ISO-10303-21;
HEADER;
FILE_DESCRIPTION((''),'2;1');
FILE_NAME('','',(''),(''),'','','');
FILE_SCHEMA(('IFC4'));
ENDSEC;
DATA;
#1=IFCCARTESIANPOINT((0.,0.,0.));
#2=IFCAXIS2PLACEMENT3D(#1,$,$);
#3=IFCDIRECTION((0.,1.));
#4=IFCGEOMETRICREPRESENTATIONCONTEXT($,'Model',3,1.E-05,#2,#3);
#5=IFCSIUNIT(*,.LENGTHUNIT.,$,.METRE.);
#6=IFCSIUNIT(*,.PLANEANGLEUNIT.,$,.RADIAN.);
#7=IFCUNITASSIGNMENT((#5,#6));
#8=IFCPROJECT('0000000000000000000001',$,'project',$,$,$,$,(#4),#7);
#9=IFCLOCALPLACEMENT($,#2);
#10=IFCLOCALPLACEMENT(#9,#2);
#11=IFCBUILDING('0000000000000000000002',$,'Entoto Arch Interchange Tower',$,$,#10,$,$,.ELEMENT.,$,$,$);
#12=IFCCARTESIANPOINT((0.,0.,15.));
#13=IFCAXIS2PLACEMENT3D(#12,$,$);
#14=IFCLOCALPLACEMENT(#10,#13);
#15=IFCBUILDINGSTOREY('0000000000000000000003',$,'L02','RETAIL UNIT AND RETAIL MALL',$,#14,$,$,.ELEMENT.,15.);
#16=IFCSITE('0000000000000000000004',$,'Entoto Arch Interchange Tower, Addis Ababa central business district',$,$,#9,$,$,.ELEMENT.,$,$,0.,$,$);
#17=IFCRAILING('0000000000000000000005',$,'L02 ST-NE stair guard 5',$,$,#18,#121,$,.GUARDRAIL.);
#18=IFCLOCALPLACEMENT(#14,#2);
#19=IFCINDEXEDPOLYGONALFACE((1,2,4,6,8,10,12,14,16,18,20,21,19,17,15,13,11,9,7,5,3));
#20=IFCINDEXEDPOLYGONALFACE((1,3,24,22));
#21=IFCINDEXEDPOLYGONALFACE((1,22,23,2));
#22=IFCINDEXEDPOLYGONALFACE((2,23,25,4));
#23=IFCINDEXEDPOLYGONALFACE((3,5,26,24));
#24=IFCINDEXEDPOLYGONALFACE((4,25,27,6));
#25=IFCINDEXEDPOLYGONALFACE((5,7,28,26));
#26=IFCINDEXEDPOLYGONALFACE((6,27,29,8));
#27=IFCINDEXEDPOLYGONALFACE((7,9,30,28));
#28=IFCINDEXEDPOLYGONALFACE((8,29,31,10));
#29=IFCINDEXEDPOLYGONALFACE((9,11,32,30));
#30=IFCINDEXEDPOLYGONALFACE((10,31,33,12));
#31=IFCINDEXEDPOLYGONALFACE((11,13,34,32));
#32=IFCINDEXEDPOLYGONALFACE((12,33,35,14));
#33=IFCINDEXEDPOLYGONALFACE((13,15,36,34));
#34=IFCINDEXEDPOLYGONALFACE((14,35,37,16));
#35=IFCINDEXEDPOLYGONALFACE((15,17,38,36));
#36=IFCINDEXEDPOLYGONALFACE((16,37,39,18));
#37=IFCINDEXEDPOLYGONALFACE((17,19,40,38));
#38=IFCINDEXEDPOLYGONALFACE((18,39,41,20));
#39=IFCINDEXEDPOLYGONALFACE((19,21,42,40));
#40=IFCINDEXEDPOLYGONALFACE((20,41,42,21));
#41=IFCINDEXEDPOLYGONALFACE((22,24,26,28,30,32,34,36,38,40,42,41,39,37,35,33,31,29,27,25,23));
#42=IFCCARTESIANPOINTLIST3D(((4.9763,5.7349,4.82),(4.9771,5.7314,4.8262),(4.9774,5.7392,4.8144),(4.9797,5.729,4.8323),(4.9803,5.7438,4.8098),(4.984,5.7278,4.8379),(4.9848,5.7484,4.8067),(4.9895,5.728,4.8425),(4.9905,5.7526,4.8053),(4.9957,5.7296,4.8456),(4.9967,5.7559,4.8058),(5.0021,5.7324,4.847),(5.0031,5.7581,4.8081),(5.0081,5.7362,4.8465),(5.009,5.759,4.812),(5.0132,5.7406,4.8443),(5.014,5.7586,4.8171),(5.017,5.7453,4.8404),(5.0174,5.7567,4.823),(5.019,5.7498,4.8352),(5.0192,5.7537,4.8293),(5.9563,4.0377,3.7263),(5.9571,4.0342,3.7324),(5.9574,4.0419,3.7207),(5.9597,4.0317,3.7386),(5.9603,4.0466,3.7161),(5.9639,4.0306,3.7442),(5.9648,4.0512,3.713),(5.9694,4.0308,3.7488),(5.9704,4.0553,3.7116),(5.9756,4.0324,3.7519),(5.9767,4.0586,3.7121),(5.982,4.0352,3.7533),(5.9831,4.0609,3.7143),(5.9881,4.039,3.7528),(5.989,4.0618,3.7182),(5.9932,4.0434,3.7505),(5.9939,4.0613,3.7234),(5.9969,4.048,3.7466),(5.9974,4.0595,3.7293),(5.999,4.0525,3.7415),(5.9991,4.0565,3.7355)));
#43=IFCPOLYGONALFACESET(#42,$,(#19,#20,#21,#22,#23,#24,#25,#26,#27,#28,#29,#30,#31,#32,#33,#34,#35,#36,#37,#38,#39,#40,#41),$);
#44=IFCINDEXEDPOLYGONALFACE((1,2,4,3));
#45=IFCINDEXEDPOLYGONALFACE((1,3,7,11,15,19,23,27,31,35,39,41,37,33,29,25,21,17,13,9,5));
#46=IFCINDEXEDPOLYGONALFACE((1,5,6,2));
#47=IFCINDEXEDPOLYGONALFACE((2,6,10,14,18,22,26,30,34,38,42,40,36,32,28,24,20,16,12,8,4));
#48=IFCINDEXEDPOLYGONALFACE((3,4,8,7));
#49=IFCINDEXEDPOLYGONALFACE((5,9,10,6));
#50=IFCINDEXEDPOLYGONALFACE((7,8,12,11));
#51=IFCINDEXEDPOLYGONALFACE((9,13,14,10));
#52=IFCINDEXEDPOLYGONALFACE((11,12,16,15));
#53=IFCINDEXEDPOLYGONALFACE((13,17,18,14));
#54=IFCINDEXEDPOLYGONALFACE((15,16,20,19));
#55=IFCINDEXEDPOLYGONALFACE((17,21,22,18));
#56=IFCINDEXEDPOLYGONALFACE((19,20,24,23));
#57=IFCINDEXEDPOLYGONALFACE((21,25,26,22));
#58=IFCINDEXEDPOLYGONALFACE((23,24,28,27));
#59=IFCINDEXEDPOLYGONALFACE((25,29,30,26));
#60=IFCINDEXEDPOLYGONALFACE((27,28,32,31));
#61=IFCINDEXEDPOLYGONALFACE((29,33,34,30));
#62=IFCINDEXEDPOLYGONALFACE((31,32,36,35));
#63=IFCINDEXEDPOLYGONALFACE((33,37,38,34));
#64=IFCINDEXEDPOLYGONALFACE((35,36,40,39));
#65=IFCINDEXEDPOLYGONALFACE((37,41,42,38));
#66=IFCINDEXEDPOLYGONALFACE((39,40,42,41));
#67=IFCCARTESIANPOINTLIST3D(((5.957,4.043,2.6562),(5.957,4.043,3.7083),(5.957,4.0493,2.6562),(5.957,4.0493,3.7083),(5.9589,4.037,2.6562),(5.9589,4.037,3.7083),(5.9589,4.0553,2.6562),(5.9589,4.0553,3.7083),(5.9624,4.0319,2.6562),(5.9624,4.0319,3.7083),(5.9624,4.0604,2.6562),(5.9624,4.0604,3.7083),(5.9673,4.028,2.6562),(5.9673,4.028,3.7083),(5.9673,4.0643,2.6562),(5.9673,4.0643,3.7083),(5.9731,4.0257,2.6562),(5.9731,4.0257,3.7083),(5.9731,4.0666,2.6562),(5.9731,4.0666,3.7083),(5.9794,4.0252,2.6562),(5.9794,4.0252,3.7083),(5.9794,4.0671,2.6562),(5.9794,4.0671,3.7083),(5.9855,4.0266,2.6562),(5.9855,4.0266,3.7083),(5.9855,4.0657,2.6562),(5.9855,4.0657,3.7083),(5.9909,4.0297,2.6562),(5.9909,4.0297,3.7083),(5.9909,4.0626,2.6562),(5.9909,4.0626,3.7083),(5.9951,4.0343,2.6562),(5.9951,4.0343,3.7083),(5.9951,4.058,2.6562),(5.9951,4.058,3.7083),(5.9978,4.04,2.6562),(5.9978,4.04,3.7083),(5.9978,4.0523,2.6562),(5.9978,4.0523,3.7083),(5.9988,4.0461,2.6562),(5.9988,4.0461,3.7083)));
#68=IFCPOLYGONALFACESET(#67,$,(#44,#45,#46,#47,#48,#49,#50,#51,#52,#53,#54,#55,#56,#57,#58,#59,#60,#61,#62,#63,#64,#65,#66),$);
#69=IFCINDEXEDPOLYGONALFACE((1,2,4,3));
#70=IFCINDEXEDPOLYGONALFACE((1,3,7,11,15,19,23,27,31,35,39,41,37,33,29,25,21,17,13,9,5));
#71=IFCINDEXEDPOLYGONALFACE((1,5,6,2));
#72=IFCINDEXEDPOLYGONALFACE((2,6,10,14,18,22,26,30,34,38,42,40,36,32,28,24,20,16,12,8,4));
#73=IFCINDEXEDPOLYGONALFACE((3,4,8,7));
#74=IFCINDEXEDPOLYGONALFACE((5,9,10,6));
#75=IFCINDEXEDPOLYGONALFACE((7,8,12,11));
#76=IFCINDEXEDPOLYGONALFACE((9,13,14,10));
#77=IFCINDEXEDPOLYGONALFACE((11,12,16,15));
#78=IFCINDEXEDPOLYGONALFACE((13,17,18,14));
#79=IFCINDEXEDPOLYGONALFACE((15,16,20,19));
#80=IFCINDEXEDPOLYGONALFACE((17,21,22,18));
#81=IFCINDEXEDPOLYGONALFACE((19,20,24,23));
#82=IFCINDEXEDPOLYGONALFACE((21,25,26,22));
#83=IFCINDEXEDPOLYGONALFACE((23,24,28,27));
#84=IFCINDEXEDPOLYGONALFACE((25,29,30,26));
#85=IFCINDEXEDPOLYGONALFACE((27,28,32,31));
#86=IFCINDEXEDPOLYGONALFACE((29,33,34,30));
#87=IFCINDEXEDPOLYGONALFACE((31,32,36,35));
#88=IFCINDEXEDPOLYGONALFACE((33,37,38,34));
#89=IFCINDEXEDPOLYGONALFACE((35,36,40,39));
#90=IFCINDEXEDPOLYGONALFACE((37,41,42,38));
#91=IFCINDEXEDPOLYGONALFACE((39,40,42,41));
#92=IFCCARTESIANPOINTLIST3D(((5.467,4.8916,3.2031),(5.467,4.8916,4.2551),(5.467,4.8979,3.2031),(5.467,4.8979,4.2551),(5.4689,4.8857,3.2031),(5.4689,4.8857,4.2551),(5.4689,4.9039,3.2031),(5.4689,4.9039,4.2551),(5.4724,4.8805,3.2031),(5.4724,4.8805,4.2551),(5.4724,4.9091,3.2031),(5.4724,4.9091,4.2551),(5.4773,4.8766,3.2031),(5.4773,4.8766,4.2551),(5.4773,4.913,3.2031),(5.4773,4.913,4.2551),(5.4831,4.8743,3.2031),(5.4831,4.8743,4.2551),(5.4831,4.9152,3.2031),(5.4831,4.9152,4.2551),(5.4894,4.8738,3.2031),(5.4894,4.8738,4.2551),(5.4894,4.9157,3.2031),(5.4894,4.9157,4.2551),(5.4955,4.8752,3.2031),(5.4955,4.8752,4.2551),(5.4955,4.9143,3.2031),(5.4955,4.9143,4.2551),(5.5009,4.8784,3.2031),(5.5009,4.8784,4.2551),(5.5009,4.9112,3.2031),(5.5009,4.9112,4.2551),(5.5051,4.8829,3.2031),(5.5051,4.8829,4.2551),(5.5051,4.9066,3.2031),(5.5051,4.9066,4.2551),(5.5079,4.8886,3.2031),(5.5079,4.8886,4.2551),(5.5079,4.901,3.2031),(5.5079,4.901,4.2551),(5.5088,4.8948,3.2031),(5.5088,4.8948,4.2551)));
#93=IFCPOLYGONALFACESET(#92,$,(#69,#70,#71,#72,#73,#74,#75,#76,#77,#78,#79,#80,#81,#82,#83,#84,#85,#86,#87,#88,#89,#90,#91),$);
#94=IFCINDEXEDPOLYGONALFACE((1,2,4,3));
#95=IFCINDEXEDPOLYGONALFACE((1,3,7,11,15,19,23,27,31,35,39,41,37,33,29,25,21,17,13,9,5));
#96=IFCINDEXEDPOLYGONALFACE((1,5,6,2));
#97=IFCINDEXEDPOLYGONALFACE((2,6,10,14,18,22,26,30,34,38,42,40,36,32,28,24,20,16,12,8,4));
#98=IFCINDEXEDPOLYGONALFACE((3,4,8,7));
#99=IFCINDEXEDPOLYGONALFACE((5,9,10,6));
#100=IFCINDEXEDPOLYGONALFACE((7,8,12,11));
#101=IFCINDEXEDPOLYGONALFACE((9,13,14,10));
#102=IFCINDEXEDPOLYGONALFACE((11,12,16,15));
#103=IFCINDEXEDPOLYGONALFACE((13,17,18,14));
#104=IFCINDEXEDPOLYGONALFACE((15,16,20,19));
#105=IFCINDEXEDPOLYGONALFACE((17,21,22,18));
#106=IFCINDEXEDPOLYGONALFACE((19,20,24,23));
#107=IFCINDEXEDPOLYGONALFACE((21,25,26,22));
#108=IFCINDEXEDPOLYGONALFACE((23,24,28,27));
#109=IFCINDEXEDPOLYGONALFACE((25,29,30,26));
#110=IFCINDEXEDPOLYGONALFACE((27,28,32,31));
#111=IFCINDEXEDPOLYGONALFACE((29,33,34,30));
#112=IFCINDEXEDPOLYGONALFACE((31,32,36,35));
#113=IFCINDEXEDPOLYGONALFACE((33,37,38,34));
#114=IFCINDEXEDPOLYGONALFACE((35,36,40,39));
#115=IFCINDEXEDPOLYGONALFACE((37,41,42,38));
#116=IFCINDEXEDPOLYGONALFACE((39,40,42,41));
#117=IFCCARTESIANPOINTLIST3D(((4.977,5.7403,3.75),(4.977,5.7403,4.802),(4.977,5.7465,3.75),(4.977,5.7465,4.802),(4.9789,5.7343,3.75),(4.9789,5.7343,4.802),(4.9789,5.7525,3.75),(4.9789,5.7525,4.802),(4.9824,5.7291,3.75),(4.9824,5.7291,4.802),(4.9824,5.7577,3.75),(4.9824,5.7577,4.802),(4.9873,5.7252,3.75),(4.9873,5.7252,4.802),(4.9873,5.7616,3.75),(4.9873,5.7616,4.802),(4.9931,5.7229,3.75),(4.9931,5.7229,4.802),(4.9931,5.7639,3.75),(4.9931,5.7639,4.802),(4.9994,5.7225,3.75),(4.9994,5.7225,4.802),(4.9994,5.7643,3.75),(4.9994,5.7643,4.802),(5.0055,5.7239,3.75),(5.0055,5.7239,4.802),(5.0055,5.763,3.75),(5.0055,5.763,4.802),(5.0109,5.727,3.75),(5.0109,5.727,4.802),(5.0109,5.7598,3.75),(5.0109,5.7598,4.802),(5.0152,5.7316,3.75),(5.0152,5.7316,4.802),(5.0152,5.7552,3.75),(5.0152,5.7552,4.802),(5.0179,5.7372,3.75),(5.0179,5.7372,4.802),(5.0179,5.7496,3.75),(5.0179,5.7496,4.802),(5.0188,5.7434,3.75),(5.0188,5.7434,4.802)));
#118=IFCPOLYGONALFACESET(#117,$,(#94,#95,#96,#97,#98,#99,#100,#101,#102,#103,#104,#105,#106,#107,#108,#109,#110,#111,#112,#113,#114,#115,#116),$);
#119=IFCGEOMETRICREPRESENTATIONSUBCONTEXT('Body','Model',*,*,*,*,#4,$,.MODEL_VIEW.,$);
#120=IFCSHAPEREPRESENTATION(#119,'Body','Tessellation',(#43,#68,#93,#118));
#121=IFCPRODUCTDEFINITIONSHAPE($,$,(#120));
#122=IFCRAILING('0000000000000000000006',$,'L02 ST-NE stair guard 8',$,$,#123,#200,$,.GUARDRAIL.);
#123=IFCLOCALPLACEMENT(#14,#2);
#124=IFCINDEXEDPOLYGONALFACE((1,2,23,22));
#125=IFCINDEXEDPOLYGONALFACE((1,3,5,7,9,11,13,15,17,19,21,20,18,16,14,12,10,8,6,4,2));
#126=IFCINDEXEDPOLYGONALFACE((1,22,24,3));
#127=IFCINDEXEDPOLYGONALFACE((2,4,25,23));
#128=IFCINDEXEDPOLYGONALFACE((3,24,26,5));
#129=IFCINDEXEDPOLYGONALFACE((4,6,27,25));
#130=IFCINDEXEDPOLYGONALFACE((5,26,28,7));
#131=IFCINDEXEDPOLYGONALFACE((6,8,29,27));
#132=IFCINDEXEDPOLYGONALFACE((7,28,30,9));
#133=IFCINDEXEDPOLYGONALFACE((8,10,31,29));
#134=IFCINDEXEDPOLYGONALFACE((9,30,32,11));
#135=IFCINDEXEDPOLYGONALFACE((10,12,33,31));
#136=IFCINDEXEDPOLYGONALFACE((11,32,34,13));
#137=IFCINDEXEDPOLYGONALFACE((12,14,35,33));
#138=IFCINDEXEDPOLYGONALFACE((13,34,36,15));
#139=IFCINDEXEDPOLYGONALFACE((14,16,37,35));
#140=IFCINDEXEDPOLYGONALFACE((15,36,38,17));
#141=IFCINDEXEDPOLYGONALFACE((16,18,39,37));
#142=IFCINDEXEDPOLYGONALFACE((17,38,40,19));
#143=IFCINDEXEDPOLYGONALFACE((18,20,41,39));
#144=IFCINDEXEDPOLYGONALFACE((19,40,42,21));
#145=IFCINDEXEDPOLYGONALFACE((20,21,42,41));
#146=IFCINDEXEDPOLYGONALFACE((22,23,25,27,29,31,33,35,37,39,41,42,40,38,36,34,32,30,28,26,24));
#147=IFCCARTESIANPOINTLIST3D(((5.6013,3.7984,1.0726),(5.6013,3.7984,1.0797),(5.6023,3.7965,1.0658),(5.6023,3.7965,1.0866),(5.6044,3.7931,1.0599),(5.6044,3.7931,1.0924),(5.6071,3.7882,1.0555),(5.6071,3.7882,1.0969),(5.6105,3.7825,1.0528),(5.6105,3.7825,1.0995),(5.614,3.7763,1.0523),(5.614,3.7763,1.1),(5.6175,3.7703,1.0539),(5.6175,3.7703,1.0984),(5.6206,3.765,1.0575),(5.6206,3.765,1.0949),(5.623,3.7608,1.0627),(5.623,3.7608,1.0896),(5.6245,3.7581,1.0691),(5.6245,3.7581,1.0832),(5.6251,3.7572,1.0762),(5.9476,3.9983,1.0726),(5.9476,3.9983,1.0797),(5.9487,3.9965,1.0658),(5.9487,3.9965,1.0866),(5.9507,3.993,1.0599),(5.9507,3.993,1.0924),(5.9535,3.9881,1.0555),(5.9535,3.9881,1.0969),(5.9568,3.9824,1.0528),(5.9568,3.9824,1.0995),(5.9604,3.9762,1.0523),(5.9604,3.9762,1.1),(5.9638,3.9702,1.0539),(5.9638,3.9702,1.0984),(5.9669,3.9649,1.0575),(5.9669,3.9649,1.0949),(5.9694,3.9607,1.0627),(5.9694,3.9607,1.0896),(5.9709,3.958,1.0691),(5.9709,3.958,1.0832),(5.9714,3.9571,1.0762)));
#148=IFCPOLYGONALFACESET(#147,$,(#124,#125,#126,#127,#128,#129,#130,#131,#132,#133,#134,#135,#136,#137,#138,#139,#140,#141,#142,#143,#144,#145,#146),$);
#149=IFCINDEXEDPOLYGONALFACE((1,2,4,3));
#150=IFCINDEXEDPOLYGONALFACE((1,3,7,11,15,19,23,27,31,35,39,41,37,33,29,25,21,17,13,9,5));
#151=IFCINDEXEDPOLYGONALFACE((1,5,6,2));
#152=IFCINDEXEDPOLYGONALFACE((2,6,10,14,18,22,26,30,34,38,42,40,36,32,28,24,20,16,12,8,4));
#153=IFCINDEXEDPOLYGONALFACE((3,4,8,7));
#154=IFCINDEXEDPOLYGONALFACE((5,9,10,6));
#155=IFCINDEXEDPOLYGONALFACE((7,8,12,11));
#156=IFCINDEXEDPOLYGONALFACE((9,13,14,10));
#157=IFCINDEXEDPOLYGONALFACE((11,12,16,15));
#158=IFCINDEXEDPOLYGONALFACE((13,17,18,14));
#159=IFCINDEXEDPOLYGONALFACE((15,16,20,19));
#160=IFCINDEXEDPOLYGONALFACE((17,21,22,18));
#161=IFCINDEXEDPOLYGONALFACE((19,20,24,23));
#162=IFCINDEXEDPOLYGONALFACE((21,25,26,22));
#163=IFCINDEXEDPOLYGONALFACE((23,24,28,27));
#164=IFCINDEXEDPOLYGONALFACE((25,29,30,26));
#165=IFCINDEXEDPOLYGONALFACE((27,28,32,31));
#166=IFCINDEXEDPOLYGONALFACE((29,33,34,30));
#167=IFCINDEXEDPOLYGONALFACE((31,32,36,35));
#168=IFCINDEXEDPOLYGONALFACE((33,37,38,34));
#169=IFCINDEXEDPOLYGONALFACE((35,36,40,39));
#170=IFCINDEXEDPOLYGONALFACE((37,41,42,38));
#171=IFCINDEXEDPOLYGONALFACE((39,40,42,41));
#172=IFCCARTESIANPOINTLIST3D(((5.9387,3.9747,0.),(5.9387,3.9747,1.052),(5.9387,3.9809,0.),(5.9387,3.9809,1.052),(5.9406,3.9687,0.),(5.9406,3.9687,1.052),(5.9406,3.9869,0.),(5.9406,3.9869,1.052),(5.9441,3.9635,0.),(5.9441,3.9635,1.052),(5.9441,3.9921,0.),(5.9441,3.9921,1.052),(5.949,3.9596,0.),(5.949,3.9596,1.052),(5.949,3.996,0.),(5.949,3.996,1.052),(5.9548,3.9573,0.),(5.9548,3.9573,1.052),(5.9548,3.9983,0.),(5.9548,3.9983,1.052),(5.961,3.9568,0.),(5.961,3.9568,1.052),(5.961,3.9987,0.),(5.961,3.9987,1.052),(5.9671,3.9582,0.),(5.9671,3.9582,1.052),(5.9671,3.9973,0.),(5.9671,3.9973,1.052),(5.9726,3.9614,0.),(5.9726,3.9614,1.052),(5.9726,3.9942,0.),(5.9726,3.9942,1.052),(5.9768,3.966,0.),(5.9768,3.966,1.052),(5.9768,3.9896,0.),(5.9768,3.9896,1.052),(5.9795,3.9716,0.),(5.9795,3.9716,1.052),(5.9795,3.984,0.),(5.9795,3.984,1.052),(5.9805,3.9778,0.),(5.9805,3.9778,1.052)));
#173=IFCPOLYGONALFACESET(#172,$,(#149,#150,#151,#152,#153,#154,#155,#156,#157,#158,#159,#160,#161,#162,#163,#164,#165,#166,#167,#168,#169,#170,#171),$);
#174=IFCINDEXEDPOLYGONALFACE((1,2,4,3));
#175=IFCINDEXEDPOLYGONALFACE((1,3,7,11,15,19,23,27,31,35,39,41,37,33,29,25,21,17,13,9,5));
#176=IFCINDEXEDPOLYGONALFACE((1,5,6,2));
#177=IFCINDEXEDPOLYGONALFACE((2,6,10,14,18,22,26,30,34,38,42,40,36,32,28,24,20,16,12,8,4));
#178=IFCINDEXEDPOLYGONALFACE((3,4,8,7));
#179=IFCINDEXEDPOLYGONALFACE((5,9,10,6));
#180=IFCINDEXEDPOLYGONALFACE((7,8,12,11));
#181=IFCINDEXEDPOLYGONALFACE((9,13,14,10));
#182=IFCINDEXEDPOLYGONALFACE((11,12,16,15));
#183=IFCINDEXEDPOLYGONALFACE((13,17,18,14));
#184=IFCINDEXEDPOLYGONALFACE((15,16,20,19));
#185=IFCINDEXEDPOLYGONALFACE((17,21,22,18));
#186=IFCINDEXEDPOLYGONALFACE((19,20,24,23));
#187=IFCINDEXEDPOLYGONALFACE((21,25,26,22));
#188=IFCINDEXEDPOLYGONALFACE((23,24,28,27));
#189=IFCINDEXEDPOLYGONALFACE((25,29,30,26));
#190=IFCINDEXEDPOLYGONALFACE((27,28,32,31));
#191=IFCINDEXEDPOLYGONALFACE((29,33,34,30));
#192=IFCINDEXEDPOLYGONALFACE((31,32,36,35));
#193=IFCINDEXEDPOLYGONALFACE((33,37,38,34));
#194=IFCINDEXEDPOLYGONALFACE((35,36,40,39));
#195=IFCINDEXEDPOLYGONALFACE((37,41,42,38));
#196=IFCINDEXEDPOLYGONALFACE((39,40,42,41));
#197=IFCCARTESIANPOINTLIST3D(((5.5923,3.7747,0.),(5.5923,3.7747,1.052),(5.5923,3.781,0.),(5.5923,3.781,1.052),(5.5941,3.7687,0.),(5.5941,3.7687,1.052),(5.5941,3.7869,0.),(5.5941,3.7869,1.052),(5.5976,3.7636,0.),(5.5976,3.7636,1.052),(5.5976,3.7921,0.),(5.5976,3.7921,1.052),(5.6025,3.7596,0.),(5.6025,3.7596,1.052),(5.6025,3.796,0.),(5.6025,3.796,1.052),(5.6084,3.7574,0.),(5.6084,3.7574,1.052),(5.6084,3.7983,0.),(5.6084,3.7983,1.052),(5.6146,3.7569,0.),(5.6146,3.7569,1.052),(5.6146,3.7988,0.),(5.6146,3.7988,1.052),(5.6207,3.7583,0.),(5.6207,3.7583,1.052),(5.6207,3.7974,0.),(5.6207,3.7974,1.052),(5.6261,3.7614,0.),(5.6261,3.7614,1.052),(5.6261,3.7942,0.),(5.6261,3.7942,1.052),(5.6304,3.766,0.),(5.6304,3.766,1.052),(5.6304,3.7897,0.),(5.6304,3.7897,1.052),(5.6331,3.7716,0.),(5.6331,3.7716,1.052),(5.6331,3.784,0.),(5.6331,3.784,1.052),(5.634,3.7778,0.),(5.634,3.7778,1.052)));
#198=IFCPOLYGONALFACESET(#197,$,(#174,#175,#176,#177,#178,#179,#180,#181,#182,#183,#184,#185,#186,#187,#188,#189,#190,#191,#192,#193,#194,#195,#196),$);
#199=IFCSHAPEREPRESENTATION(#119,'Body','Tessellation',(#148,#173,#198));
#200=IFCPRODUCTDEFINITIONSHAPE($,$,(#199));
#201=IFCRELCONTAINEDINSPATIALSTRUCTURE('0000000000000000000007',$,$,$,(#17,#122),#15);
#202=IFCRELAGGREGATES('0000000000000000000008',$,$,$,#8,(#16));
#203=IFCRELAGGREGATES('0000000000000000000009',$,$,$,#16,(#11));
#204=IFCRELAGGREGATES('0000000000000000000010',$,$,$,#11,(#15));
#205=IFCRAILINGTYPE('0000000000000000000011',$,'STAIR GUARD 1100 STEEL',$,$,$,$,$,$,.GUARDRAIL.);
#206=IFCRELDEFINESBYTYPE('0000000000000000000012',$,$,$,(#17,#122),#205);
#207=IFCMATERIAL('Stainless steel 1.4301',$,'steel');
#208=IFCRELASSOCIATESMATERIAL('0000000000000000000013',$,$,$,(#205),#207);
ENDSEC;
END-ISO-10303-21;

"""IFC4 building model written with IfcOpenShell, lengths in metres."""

from ifc_helpers import new_model, si_unit, direction, frame, origin, origin_2d, place, context, subcontext, project, spatial, circle, extrude, material, type_object, element, save


model = new_model("IFC4")

# Units and contexts
model_context = context("Model", 3, precision=1e-05, world=origin(), true_north=direction((0.0, 1.0)))
body_context = subcontext(model_context, "Body", "Model", "MODEL_VIEW")
ifc_project = project(units=[si_unit("LENGTHUNIT", "METRE"), si_unit("PLANEANGLEUNIT", "RADIAN")], contexts=[model_context])

# Site, building, storey
site_placement = place(None, origin())
site = spatial("IfcSite", under=ifc_project, at=site_placement, Name="Entoto Arch Interchange Tower, Addis Ababa central business district", CompositionType="ELEMENT", RefElevation=0.0)
building_placement = place(site_placement, origin())
building = spatial("IfcBuilding", under=site, at=building_placement, Name="Entoto Arch Interchange Tower", CompositionType="ELEMENT")
storey_placement = place(building_placement, frame((0.0, 0.0, 15.0)))
storey = spatial("IfcBuildingStorey", under=building, at=storey_placement, Name="L02", Description="RETAIL UNIT AND RETAIL MALL", CompositionType="ELEMENT", Elevation=15.0)

# Railings
ifc_material_1 = material(Name="Stainless steel 1.4301", Category="steel")
railing_type_1 = type_object("IfcRailingType", Name="STAIR GUARD 1100 STEEL", PredefinedType="GUARDRAIL", material=ifc_material_1)
railing_1_placement = place(storey_placement, frame((5.9778, 4.0461, 2.6562)))
element("IfcRailing", 1, at=railing_1_placement, inside=storey, type_object=railing_type_1, Name="L02 ST-NE stair guard 5", PredefinedType="GUARDRAIL", context=body_context, shape_type="SweptSolid", body=[
    extrude(circle(Radius=0.0239, at=origin_2d()), frame((0.0, 0.0, 1.0762), z_axis=(-0.436632, 0.75622, 0.487323), x_axis=(-0.866011, -0.500024, 0.0)), (0.0, 0.0, 1.0), 2.2444),
    extrude(circle(Radius=0.021, at=origin_2d()), origin(), (0.0, 0.0, 1.0), 1.052),
    extrude(circle(Radius=0.021, at=origin_2d()), frame((-0.49, 0.8486, 0.5469)), (0.0, 0.0, 1.0), 1.052),
    extrude(circle(Radius=0.021, at=origin_2d()), frame((-0.98, 1.6973, 1.0938)), (0.0, 0.0, 1.0), 1.052),
])
railing_2_placement = place(storey_placement, frame((5.9595, 3.9778, 0.0)))
element("IfcRailing", 2, at=railing_2_placement, inside=storey, type_object=railing_type_1, Name="L02 ST-NE stair guard 8", PredefinedType="GUARDRAIL", context=body_context, shape_type="SweptSolid", body=[
    extrude(circle(Radius=0.0239, at=origin_2d()), frame((0.0, 0.0, 1.0762), z_axis=(-0.866094, -0.499881, 0.0), x_axis=(0.499881, -0.866094, 0.0)), (0.0, 0.0, 1.0), 0.3999),
    extrude(circle(Radius=0.021, at=origin_2d()), origin(), (0.0, 0.0, 1.0), 1.052),
    extrude(circle(Radius=0.021, at=origin_2d()), frame((-0.3464, -0.2, 0.0)), (0.0, 0.0, 1.0), 1.052),
])

save(model, "model.ifc")
